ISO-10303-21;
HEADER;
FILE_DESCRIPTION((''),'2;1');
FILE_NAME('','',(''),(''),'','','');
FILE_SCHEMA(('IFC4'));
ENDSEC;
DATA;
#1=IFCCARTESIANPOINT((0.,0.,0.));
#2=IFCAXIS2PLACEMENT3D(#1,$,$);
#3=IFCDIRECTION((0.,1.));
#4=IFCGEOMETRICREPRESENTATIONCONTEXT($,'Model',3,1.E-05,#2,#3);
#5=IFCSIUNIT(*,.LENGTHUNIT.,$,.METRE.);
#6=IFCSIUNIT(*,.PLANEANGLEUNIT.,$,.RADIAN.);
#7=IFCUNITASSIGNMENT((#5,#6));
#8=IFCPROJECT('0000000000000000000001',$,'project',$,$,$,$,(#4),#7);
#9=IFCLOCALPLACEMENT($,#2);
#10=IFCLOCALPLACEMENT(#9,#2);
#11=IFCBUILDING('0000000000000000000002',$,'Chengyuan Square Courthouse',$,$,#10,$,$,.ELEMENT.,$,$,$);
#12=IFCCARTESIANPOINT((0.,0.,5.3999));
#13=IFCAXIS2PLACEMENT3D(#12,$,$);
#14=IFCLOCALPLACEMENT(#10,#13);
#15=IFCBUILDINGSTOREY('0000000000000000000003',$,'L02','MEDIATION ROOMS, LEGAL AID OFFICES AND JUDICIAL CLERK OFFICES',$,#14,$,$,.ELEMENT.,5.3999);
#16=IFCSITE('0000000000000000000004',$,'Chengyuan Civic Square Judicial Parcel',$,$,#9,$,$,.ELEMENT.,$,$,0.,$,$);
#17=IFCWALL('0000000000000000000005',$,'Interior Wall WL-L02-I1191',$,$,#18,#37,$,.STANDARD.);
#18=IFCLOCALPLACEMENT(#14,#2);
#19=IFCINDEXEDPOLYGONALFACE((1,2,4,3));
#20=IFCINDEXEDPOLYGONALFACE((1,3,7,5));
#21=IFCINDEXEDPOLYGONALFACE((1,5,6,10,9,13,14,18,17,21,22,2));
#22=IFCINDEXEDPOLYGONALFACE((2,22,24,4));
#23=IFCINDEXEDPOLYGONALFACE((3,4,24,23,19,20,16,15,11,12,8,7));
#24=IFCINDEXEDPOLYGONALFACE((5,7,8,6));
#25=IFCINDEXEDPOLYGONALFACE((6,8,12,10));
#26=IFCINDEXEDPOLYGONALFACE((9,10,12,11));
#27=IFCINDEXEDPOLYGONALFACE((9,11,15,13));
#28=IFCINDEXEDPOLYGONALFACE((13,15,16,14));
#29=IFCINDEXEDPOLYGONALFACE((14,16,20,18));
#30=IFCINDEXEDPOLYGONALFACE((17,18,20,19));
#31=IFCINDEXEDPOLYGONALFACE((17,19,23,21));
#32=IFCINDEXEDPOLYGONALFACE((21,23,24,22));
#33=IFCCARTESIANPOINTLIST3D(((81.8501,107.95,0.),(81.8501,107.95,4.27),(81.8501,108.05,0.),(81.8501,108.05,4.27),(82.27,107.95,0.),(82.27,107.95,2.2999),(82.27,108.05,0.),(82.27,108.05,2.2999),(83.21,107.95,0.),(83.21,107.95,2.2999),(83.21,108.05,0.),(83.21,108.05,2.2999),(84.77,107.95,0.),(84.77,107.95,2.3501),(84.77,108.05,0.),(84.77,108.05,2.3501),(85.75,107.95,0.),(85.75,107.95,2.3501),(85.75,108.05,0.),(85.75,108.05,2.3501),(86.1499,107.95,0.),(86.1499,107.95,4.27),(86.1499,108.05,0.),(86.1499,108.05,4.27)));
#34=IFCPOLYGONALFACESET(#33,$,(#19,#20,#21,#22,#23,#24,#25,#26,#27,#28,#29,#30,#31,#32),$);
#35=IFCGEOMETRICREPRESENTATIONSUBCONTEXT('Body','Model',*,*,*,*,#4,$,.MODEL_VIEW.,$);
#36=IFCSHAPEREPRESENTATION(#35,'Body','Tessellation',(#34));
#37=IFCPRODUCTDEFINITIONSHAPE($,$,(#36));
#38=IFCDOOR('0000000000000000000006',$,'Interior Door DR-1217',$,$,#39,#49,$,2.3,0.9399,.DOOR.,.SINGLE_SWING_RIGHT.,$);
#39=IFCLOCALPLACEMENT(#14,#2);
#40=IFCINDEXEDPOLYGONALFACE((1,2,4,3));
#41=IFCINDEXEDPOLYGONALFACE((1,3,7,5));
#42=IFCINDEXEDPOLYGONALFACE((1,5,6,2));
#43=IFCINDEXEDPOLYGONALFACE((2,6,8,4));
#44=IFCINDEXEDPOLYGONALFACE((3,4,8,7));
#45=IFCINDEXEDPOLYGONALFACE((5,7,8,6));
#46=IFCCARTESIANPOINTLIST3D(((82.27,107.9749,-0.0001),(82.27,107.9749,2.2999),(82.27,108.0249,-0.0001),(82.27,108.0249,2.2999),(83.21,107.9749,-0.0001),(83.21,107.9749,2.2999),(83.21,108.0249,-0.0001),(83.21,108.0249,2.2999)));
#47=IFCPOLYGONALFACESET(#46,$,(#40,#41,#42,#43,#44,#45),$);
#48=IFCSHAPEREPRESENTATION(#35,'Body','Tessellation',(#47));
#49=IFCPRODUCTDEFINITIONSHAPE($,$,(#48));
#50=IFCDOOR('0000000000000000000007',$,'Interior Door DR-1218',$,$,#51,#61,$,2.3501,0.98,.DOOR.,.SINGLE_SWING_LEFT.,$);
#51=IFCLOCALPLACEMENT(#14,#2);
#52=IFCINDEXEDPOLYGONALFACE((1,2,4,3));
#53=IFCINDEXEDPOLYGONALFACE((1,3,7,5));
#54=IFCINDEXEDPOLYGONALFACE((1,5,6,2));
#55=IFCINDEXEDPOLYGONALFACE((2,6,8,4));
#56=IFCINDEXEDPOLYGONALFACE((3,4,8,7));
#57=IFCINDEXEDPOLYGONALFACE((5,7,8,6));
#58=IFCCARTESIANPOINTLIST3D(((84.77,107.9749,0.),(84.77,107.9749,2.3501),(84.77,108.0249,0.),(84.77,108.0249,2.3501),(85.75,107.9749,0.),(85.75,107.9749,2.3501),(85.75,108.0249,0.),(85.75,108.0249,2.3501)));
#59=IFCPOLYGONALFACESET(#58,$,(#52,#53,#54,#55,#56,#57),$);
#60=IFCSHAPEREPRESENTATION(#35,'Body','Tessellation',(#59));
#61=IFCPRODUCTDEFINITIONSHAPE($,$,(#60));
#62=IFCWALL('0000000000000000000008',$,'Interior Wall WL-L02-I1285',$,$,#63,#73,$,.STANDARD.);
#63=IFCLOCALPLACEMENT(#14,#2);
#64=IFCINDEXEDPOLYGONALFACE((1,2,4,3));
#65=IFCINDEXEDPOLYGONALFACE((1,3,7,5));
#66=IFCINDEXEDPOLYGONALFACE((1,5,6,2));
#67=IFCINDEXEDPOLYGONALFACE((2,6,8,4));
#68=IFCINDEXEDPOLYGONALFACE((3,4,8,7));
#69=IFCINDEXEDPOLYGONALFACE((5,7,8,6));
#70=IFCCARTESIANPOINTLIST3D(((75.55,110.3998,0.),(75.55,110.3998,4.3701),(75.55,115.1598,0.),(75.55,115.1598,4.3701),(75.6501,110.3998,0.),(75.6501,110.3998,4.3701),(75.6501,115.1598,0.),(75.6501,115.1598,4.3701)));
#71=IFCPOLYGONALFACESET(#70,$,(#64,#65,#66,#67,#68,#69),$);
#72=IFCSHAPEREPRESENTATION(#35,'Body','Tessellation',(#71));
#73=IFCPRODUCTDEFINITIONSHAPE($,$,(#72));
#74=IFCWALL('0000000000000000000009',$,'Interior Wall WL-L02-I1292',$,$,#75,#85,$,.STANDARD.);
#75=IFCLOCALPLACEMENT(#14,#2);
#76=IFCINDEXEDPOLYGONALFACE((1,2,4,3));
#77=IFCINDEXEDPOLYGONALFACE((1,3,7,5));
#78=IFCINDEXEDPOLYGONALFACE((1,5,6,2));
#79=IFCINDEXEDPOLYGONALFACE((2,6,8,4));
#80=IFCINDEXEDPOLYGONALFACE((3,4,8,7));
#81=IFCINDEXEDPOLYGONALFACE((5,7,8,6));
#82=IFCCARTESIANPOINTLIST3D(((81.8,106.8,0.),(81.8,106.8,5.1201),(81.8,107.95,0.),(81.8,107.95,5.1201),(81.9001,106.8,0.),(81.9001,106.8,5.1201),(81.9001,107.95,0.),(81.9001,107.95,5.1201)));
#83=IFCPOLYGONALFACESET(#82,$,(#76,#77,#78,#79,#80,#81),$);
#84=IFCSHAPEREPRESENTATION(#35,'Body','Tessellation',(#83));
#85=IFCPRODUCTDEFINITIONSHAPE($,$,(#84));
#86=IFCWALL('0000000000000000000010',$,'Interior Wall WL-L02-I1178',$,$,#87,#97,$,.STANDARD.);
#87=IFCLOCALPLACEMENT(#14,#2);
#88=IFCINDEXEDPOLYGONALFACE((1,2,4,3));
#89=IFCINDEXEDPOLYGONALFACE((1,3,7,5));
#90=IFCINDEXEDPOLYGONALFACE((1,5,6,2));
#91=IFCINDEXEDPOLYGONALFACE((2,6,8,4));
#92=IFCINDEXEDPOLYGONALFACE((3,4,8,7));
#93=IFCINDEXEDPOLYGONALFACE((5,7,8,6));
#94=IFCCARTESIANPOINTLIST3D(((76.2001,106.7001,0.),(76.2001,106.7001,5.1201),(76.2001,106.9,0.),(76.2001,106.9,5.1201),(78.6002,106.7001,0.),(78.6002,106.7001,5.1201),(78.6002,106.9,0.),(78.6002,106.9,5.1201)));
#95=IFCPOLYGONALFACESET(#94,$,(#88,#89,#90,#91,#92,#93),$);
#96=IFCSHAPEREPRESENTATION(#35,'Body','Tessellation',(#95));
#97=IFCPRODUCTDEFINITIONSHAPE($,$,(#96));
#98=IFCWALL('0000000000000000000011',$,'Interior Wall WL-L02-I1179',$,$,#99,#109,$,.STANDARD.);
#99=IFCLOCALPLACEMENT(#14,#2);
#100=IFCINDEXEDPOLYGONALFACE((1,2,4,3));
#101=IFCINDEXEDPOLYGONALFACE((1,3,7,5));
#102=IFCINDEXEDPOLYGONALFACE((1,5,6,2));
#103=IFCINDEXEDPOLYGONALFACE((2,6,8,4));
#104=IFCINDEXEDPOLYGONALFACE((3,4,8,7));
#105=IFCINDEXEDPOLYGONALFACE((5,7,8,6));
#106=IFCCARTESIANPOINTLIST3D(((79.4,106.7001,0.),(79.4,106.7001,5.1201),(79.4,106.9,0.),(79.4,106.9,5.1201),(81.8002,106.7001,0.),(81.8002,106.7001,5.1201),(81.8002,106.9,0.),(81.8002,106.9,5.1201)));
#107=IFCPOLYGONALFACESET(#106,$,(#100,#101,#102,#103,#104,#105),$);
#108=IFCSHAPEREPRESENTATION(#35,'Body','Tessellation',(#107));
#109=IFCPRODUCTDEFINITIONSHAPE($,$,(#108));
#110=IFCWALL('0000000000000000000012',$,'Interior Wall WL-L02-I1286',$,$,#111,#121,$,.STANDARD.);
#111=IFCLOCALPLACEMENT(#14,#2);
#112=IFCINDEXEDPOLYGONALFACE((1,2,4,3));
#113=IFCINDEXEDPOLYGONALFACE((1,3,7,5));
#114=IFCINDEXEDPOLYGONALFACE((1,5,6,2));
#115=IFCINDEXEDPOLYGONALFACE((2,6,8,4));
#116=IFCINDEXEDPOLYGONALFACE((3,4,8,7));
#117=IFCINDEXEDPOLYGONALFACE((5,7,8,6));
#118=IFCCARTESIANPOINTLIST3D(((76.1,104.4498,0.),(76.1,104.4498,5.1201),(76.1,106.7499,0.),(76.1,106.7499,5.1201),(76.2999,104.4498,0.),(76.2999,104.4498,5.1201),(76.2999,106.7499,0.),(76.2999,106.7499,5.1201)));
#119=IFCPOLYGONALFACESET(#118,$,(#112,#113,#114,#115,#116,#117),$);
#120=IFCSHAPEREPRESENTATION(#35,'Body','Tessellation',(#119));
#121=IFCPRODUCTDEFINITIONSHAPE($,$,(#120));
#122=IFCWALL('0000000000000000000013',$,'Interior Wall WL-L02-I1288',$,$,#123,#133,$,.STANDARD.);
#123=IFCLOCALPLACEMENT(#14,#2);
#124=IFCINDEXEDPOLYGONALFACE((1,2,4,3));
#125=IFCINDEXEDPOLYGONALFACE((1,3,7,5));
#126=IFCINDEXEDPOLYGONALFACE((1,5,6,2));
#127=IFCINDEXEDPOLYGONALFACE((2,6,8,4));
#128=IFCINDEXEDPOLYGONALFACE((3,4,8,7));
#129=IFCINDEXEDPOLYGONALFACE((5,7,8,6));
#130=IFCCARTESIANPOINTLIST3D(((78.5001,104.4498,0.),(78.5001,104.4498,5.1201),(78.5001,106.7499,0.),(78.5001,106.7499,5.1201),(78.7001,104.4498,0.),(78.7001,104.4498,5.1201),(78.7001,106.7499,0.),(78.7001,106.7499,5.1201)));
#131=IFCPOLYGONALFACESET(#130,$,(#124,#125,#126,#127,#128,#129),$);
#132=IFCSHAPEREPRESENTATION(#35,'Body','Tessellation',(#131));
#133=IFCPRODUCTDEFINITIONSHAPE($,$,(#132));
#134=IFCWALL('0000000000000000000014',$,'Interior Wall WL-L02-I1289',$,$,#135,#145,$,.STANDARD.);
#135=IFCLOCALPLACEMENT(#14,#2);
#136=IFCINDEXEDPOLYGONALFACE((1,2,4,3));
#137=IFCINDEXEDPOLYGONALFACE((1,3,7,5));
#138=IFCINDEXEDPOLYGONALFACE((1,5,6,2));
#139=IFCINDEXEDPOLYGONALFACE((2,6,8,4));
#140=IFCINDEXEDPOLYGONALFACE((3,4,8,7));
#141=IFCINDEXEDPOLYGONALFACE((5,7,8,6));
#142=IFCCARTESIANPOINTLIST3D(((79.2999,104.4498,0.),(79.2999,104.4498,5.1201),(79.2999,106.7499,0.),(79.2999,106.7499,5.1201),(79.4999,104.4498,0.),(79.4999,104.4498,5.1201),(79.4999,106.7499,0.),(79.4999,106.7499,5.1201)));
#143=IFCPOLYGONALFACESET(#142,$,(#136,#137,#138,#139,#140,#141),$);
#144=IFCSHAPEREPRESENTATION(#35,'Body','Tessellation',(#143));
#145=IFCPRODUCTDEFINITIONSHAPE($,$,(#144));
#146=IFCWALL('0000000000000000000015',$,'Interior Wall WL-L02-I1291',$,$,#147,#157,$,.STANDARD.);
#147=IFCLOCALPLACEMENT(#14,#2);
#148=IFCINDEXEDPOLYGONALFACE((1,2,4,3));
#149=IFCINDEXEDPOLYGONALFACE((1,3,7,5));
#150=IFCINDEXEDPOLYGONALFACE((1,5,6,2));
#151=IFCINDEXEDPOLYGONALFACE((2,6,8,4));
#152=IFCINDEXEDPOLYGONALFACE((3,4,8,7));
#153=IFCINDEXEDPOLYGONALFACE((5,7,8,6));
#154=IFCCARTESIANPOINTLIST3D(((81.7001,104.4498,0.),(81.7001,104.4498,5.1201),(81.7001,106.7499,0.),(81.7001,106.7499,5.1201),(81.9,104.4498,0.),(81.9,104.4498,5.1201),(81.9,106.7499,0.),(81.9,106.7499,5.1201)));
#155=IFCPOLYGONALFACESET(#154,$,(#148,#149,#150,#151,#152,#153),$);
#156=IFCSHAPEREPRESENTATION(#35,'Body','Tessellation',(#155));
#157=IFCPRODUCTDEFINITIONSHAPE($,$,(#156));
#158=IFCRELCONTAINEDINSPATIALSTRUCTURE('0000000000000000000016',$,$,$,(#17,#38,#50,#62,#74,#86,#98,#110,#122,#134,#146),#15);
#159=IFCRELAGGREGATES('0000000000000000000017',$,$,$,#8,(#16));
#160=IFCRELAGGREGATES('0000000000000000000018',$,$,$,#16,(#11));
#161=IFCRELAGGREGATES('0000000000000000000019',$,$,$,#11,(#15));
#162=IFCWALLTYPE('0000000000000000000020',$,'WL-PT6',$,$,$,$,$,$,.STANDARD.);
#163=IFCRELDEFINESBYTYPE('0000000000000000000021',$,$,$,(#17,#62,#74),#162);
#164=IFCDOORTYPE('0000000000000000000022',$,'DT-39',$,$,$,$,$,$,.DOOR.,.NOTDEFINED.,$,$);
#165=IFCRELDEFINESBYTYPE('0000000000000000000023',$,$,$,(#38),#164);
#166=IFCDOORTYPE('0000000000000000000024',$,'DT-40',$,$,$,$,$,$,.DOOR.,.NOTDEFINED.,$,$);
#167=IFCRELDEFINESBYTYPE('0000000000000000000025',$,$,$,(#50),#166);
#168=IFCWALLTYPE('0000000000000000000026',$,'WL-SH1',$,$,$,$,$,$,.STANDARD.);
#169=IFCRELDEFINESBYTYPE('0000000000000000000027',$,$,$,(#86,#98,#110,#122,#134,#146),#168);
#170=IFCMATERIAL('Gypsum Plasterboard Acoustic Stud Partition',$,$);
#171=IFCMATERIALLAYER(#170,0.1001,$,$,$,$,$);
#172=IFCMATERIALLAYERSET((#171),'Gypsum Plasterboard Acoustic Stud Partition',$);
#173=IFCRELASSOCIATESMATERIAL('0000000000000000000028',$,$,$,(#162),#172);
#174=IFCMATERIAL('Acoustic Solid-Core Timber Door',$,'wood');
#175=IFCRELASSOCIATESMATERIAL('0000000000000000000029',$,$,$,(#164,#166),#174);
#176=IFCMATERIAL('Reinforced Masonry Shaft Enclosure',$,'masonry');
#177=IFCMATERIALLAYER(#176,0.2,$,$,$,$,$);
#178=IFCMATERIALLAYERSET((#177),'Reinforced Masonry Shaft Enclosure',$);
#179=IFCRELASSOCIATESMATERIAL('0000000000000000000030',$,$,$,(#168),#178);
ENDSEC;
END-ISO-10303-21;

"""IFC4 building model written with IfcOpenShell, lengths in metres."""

from ifc_helpers import new_model, si_unit, direction, frame, frame_2d, origin, place, context, subcontext, project, spatial, rectangle, extrude, material, layer, layer_set, type_object, element, fill, save


model = new_model("IFC4")

# Units and contexts
model_context = context("Model", 3, precision=1e-05, world=origin(), true_north=direction((0.0, 1.0)))
body_context = subcontext(model_context, "Body", "Model", "MODEL_VIEW")
ifc_project = project(units=[si_unit("LENGTHUNIT", "METRE"), si_unit("PLANEANGLEUNIT", "RADIAN")], contexts=[model_context])

# Site, building, storey
site_placement = place(None, origin())
site = spatial("IfcSite", under=ifc_project, at=site_placement, Name="Chengyuan Civic Square Judicial Parcel", CompositionType="ELEMENT", RefElevation=0.0)
building_placement = place(site_placement, origin())
building = spatial("IfcBuilding", under=site, at=building_placement, Name="Chengyuan Square Courthouse", CompositionType="ELEMENT")
storey_placement = place(building_placement, frame((0.0, 0.0, 5.3999)))
storey = spatial("IfcBuildingStorey", under=building, at=storey_placement, Name="L02", Description="MEDIATION ROOMS, LEGAL AID OFFICES AND JUDICIAL CLERK OFFICES", CompositionType="ELEMENT", Elevation=5.3999)

# Shared definitions
ifc_material_1 = material(Name="Gypsum Plasterboard Acoustic Stud Partition")
ifc_layer_1 = layer(ifc_material_1, 0.1001)
ifc_layer_set_1 = layer_set([ifc_layer_1], Name="Gypsum Plasterboard Acoustic Stud Partition")
wall_type_1 = type_object("IfcWallType", Name="WL-PT6", PredefinedType="STANDARD", material=ifc_layer_set_1)

# Wall, openings, doors
wall_1_placement = place(storey_placement, frame((81.8501, 108.0, 0.0), z_axis=(0.0, 0.0, 1.0), x_axis=(1.0, 0.0, 0.0)))
wall_1 = element("IfcWall", 1, at=wall_1_placement, inside=storey, type_object=wall_type_1, Name="Interior Wall WL-L02-I1191", PredefinedType="STANDARD", context=body_context, shape_type="SweptSolid", body=[
    extrude(rectangle(XDim=4.2998, YDim=0.1001, at=frame_2d((2.1499, 0.0))), origin(), (0.0, 0.0, 1.0), 4.27),
])
opening_1_placement = place(wall_1_placement, frame((0.4199, 0.0, 0.0)))
opening_1 = element("IfcOpeningElement", 2, at=opening_1_placement, cuts=wall_1, PredefinedType="OPENING", context=body_context, shape_type="SweptSolid", body=[
    extrude(rectangle(XDim=0.9399, YDim=2.3, at=frame_2d((0.47, 1.1499))), frame((0.0, 0.062, 0.0), z_axis=(0.0, -1.0, 0.0), x_axis=(1.0, 0.0, 0.0)), (0.0, 0.0, 1.0), 0.124),
])
opening_2_placement = place(wall_1_placement, frame((2.9199, 0.0, 0.0)))
opening_2 = element("IfcOpeningElement", 3, at=opening_2_placement, cuts=wall_1, PredefinedType="OPENING", context=body_context, shape_type="SweptSolid", body=[
    extrude(rectangle(XDim=0.98, YDim=2.3501, at=frame_2d((0.49, 1.175))), frame((0.0, 0.062, 0.0), z_axis=(0.0, -1.0, 0.0), x_axis=(1.0, 0.0, 0.0)), (0.0, 0.0, 1.0), 0.124),
])
ifc_material_2 = material(Name="Acoustic Solid-Core Timber Door", Category="wood")
door_type_1 = type_object("IfcDoorType", Name="DT-39", OperationType="NOTDEFINED", PredefinedType="DOOR", material=ifc_material_2)
door_1_placement = place(opening_1_placement, origin())
door_1 = element("IfcDoor", 4, at=door_1_placement, inside=storey, type_object=door_type_1, Name="Interior Door DR-1217", OperationType="SINGLE_SWING_RIGHT", OverallHeight=2.3, OverallWidth=0.9399, PredefinedType="DOOR", context=body_context, shape_type="SweptSolid", body=[
    extrude(rectangle(XDim=0.9399, YDim=2.3, at=frame_2d((0.47, 1.1499))), frame((0.0, 0.0249, 0.0), z_axis=(0.0, -1.0, 0.0), x_axis=(1.0, 0.0, 0.0)), (0.0, 0.0, 1.0), 0.05),
])
fill(opening_1, door_1)
door_type_2 = type_object("IfcDoorType", Name="DT-40", OperationType="NOTDEFINED", PredefinedType="DOOR", material=ifc_material_2)
door_2_placement = place(opening_2_placement, origin())
door_2 = element("IfcDoor", 5, at=door_2_placement, inside=storey, type_object=door_type_2, Name="Interior Door DR-1218", OperationType="SINGLE_SWING_LEFT", OverallHeight=2.3501, OverallWidth=0.98, PredefinedType="DOOR", context=body_context, shape_type="SweptSolid", body=[
    extrude(rectangle(XDim=0.98, YDim=2.3501, at=frame_2d((0.49, 1.175))), frame((0.0, 0.0249, 0.0), z_axis=(0.0, -1.0, 0.0), x_axis=(1.0, 0.0, 0.0)), (0.0, 0.0, 1.0), 0.05),
])
fill(opening_2, door_2)

# Walls
wall_2_placement = place(storey_placement, frame((75.6001, 110.3999, 0.0), z_axis=(0.0, 0.0, 1.0), x_axis=(0.0, 1.0, 0.0)))
element("IfcWall", 6, at=wall_2_placement, inside=storey, type_object=wall_type_1, Name="Interior Wall WL-L02-I1285", PredefinedType="STANDARD", context=body_context, shape_type="SweptSolid", body=[
    extrude(rectangle(XDim=4.76, YDim=0.1001, at=frame_2d((2.3799, 0.0))), origin(), (0.0, 0.0, 1.0), 4.3701),
])
wall_3_placement = place(storey_placement, frame((81.8501, 106.8, 0.0), z_axis=(0.0, 0.0, 1.0), x_axis=(0.0, 1.0, 0.0)))
element("IfcWall", 7, at=wall_3_placement, inside=storey, type_object=wall_type_1, Name="Interior Wall WL-L02-I1292", PredefinedType="STANDARD", context=body_context, shape_type="SweptSolid", body=[
    extrude(rectangle(XDim=1.1499, YDim=0.1001, at=frame_2d((0.575, 0.0))), origin(), (0.0, 0.0, 1.0), 5.1201),
])
ifc_material_3 = material(Name="Reinforced Masonry Shaft Enclosure", Category="masonry")
ifc_layer_2 = layer(ifc_material_3, 0.2)
ifc_layer_set_2 = layer_set([ifc_layer_2], Name="Reinforced Masonry Shaft Enclosure")
wall_type_2 = type_object("IfcWallType", Name="WL-SH1", PredefinedType="STANDARD", material=ifc_layer_set_2)
for number, where, z_axis, x_axis, name in (
    (8, (76.2, 106.8, 0.0), (0.0, 0.0, 1.0), (1.0, 0.0, 0.0), "Interior Wall WL-L02-I1178"),
    (9, (79.3999, 106.8, 0.0), (0.0, 0.0, 1.0), (1.0, 0.0, 0.0), "Interior Wall WL-L02-I1179"),
):
    element("IfcWall", number, at=place(storey_placement, frame(where, z_axis=z_axis, x_axis=x_axis)), inside=storey, type_object=wall_type_2, Name=name, PredefinedType="STANDARD", context=body_context, shape_type="SweptSolid", body=[
        extrude(rectangle(XDim=2.4001, YDim=0.2, at=frame_2d((1.2002, 0.0))), origin(), (0.0, 0.0, 1.0), 5.1201),
    ])
for number, where, z_axis, x_axis, name in (
    (10, (76.2, 104.45, 0.0), (0.0, 0.0, 1.0), (0.0, 1.0, 0.0), "Interior Wall WL-L02-I1286"),
    (11, (78.6001, 104.45, 0.0), (0.0, 0.0, 1.0), (0.0, 1.0, 0.0), "Interior Wall WL-L02-I1288"),
    (12, (79.3999, 104.45, 0.0), (0.0, 0.0, 1.0), (0.0, 1.0, 0.0), "Interior Wall WL-L02-I1289"),
    (13, (81.8, 104.45, 0.0), (0.0, 0.0, 1.0), (0.0, 1.0, 0.0), "Interior Wall WL-L02-I1291"),
):
    element("IfcWall", number, at=place(storey_placement, frame(where, z_axis=z_axis, x_axis=x_axis)), inside=storey, type_object=wall_type_2, Name=name, PredefinedType="STANDARD", context=body_context, shape_type="SweptSolid", body=[
        extrude(rectangle(XDim=2.3, YDim=0.2, at=frame_2d((1.1499, 0.0))), origin(), (0.0, 0.0, 1.0), 5.1201),
    ])

save(model, "model.ifc")
